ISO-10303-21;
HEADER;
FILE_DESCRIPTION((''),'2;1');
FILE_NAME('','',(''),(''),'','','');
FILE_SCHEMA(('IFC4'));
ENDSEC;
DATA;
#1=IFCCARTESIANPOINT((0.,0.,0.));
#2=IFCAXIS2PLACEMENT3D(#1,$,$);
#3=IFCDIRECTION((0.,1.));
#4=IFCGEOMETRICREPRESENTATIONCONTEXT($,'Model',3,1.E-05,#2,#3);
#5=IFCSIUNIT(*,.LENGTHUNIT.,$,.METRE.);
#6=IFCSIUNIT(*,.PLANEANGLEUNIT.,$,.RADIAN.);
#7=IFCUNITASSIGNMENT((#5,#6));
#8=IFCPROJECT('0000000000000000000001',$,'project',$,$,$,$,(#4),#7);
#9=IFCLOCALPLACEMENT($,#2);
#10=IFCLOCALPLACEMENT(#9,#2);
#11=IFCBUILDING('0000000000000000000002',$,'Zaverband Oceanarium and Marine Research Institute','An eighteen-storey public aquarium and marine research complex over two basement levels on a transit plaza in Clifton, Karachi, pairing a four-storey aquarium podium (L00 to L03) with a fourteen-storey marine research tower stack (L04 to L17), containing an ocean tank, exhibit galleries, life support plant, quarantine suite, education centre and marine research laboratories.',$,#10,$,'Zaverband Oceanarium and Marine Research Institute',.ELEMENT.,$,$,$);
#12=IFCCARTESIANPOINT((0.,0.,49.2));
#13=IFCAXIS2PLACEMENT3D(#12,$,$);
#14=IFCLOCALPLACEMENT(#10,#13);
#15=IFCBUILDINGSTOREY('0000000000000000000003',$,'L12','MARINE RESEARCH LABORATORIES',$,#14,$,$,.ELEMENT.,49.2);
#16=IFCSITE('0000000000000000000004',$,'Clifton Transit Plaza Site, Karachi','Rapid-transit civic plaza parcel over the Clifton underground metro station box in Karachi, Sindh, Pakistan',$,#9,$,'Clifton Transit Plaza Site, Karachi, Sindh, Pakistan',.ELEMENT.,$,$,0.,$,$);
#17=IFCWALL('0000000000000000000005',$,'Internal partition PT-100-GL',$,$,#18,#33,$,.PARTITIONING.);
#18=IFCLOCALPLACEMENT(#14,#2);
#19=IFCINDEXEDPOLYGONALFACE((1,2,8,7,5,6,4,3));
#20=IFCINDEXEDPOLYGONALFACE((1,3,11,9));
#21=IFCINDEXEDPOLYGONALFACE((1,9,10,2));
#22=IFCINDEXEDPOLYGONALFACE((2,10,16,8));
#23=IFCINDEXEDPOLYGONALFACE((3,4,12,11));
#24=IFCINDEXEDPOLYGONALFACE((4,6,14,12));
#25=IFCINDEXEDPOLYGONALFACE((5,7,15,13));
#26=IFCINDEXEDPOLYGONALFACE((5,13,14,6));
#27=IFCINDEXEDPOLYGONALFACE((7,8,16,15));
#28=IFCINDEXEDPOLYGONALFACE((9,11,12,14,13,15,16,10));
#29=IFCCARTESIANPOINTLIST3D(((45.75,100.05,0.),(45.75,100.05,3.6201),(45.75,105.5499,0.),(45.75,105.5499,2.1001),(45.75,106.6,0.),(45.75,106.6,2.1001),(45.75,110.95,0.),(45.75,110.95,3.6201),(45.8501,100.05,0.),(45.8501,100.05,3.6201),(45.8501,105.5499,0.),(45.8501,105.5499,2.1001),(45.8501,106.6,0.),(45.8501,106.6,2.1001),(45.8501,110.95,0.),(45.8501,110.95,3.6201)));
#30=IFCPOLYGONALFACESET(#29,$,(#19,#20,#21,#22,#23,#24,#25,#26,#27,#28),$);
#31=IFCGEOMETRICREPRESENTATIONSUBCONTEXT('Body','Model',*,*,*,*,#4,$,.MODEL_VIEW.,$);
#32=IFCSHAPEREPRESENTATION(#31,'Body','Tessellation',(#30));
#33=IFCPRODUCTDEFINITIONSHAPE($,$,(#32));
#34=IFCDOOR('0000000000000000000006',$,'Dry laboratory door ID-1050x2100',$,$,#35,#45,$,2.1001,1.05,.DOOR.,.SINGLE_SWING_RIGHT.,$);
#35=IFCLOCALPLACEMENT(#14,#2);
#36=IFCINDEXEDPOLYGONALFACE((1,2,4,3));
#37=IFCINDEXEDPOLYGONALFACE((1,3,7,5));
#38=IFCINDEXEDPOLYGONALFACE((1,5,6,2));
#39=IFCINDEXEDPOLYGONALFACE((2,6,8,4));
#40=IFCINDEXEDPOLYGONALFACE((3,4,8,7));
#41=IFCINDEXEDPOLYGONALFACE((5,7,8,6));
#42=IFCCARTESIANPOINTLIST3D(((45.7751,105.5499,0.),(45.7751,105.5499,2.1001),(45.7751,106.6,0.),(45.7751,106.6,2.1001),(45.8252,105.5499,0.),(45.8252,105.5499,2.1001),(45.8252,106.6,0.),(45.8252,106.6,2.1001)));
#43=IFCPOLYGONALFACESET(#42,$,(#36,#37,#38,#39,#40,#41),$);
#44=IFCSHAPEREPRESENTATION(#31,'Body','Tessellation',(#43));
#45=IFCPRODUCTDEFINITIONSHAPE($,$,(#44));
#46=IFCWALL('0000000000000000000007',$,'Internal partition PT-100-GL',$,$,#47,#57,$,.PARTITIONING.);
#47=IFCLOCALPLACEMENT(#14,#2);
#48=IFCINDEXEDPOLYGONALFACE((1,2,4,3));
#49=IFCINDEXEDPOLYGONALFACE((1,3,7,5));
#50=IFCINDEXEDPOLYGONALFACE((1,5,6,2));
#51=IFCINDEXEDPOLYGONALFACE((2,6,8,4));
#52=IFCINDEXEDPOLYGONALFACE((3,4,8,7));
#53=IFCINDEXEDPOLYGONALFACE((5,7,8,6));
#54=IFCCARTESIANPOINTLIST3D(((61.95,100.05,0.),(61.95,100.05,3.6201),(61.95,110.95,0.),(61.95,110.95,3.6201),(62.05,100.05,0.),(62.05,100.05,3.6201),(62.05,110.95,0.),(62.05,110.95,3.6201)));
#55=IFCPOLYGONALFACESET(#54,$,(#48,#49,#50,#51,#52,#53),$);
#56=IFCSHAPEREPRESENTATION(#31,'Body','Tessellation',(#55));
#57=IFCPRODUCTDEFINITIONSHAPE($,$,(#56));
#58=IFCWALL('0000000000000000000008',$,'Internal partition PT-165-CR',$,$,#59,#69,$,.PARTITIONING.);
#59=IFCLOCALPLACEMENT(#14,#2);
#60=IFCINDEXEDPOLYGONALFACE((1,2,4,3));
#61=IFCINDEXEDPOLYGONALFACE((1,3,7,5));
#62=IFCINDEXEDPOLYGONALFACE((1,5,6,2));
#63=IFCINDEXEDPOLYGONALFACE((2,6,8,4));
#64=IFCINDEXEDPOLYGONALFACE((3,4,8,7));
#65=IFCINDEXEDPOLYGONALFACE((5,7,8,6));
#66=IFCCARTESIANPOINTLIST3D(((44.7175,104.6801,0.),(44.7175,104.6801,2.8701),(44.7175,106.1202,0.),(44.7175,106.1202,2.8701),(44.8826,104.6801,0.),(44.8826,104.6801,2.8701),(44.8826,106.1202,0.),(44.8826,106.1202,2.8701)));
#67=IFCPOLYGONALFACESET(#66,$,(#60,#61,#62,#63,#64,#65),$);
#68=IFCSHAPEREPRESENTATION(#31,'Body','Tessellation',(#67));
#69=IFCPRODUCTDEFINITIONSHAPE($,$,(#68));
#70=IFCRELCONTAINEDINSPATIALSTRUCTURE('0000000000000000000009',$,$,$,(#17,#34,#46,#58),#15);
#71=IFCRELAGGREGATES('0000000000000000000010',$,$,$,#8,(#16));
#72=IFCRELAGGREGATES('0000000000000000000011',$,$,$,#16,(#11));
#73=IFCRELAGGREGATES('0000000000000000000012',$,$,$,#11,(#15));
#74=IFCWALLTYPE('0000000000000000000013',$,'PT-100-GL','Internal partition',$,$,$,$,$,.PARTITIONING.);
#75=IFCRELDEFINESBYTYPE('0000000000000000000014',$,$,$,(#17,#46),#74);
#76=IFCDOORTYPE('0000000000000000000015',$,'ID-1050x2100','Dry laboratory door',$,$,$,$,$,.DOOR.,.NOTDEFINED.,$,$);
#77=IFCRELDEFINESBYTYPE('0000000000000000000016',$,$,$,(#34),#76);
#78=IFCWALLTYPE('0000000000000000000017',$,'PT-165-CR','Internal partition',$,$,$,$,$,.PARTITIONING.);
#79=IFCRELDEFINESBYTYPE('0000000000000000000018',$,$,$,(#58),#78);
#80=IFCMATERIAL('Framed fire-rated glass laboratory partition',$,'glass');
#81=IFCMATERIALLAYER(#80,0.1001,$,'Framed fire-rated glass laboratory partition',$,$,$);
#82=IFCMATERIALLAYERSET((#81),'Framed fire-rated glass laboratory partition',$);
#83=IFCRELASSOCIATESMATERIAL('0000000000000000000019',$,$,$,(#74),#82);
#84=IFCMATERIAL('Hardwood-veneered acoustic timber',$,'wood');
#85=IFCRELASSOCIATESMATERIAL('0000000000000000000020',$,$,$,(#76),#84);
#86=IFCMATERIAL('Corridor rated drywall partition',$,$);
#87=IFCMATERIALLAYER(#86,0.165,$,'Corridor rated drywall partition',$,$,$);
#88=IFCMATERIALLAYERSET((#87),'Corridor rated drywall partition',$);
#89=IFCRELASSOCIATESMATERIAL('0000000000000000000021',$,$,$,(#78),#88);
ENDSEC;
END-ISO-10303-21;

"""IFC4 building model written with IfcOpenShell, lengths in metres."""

from ifc_helpers import new_model, si_unit, direction, frame, frame_2d, origin, place, context, subcontext, project, spatial, rectangle, extrude, material, layer, layer_set, type_object, element, fill, save


model = new_model("IFC4")

# Units and contexts
model_context = context("Model", 3, precision=1e-05, world=origin(), true_north=direction((0.0, 1.0)))
body_context = subcontext(model_context, "Body", "Model", "MODEL_VIEW")
ifc_project = project(units=[si_unit("LENGTHUNIT", "METRE"), si_unit("PLANEANGLEUNIT", "RADIAN")], contexts=[model_context])

# Site, building, storey
site_placement = place(None, origin())
site = spatial("IfcSite", under=ifc_project, at=site_placement, Name="Clifton Transit Plaza Site, Karachi", Description="Rapid-transit civic plaza parcel over the Clifton underground metro station box in Karachi, Sindh, Pakistan", LongName="Clifton Transit Plaza Site, Karachi, Sindh, Pakistan", CompositionType="ELEMENT", RefElevation=0.0)
building_placement = place(site_placement, origin())
building = spatial("IfcBuilding", under=site, at=building_placement, Name="Zaverband Oceanarium and Marine Research Institute", Description="An eighteen-storey public aquarium and marine research complex over two basement levels on a transit plaza in Clifton, Karachi, pairing a four-storey aquarium podium (L00 to L03) with a fourteen-storey marine research tower stack (L04 to L17), containing an ocean tank, exhibit galleries, life support plant, quarantine suite, education centre and marine research laboratories.", LongName="Zaverband Oceanarium and Marine Research Institute", CompositionType="ELEMENT")
storey_placement = place(building_placement, frame((0.0, 0.0, 49.2)))
storey = spatial("IfcBuildingStorey", under=building, at=storey_placement, Name="L12", Description="MARINE RESEARCH LABORATORIES", CompositionType="ELEMENT", Elevation=49.2)

# Shared definitions
ifc_material_1 = material(Name="Framed fire-rated glass laboratory partition", Category="glass")
ifc_layer_1 = layer(ifc_material_1, 0.1001, Name="Framed fire-rated glass laboratory partition")
ifc_layer_set_1 = layer_set([ifc_layer_1], Name="Framed fire-rated glass laboratory partition")
wall_type_1 = type_object("IfcWallType", Name="PT-100-GL", Description="Internal partition", PredefinedType="PARTITIONING", material=ifc_layer_set_1)

# Wall, opening, door
wall_1_placement = place(storey_placement, frame((45.8, 100.05, 0.0), z_axis=(0.0, 0.0, 1.0), x_axis=(0.0, 1.0, 0.0)))
wall_1 = element("IfcWall", 1, at=wall_1_placement, inside=storey, type_object=wall_type_1, Name="Internal partition PT-100-GL", PredefinedType="PARTITIONING", context=body_context, shape_type="SweptSolid", body=[
    extrude(rectangle(XDim=10.8999, YDim=0.1001, at=frame_2d((5.45, 0.0))), origin(), (0.0, 0.0, 1.0), 3.6201),
])
opening_1_placement = place(wall_1_placement, frame((5.5, 0.0, 0.0)))
opening_1 = element("IfcOpeningElement", 2, at=opening_1_placement, cuts=wall_1, PredefinedType="OPENING", context=body_context, shape_type="SweptSolid", body=[
    extrude(rectangle(XDim=1.05, YDim=2.1001, at=frame_2d((0.5249, 1.05))), frame((0.0, 0.062, 0.0), z_axis=(0.0, -1.0, 0.0), x_axis=(1.0, 0.0, 0.0)), (0.0, 0.0, 1.0), 0.124),
])
ifc_material_2 = material(Name="Hardwood-veneered acoustic timber", Category="wood")
door_type = type_object("IfcDoorType", Name="ID-1050x2100", Description="Dry laboratory door", OperationType="NOTDEFINED", PredefinedType="DOOR", material=ifc_material_2)
door_placement = place(opening_1_placement, origin())
door = element("IfcDoor", 3, at=door_placement, inside=storey, type_object=door_type, Name="Dry laboratory door ID-1050x2100", OperationType="SINGLE_SWING_RIGHT", OverallHeight=2.1001, OverallWidth=1.05, PredefinedType="DOOR", context=body_context, shape_type="SweptSolid", body=[
    extrude(rectangle(XDim=1.05, YDim=2.1001, at=frame_2d((0.5249, 1.05))), frame((0.0, 0.0249, 0.0), z_axis=(0.0, -1.0, 0.0), x_axis=(1.0, 0.0, 0.0)), (0.0, 0.0, 1.0), 0.05),
])
fill(opening_1, door)

# Walls
wall_2_placement = place(storey_placement, frame((62.0, 100.05, 0.0), z_axis=(0.0, 0.0, 1.0), x_axis=(0.0, 1.0, 0.0)))
element("IfcWall", 4, at=wall_2_placement, inside=storey, type_object=wall_type_1, Name="Internal partition PT-100-GL", PredefinedType="PARTITIONING", context=body_context, shape_type="SweptSolid", body=[
    extrude(rectangle(XDim=10.8999, YDim=0.1001, at=frame_2d((5.45, 0.0))), origin(), (0.0, 0.0, 1.0), 3.6201),
])
ifc_material_3 = material(Name="Corridor rated drywall partition")
ifc_layer_2 = layer(ifc_material_3, 0.165, Name="Corridor rated drywall partition")
ifc_layer_set_2 = layer_set([ifc_layer_2], Name="Corridor rated drywall partition")
wall_type_2 = type_object("IfcWallType", Name="PT-165-CR", Description="Internal partition", PredefinedType="PARTITIONING", material=ifc_layer_set_2)
wall_3_placement = place(storey_placement, frame((44.8, 104.6799, 0.0), z_axis=(0.0, 0.0, 1.0), x_axis=(0.0, 1.0, 0.0)))
element("IfcWall", 5, at=wall_3_placement, inside=storey, type_object=wall_type_2, Name="Internal partition PT-165-CR", PredefinedType="PARTITIONING", context=body_context, shape_type="SweptSolid", body=[
    extrude(rectangle(XDim=1.4402, YDim=0.165, at=frame_2d((0.7202, 0.0))), origin(), (0.0, 0.0, 1.0), 2.8701),
])

save(model, "model.ifc")
